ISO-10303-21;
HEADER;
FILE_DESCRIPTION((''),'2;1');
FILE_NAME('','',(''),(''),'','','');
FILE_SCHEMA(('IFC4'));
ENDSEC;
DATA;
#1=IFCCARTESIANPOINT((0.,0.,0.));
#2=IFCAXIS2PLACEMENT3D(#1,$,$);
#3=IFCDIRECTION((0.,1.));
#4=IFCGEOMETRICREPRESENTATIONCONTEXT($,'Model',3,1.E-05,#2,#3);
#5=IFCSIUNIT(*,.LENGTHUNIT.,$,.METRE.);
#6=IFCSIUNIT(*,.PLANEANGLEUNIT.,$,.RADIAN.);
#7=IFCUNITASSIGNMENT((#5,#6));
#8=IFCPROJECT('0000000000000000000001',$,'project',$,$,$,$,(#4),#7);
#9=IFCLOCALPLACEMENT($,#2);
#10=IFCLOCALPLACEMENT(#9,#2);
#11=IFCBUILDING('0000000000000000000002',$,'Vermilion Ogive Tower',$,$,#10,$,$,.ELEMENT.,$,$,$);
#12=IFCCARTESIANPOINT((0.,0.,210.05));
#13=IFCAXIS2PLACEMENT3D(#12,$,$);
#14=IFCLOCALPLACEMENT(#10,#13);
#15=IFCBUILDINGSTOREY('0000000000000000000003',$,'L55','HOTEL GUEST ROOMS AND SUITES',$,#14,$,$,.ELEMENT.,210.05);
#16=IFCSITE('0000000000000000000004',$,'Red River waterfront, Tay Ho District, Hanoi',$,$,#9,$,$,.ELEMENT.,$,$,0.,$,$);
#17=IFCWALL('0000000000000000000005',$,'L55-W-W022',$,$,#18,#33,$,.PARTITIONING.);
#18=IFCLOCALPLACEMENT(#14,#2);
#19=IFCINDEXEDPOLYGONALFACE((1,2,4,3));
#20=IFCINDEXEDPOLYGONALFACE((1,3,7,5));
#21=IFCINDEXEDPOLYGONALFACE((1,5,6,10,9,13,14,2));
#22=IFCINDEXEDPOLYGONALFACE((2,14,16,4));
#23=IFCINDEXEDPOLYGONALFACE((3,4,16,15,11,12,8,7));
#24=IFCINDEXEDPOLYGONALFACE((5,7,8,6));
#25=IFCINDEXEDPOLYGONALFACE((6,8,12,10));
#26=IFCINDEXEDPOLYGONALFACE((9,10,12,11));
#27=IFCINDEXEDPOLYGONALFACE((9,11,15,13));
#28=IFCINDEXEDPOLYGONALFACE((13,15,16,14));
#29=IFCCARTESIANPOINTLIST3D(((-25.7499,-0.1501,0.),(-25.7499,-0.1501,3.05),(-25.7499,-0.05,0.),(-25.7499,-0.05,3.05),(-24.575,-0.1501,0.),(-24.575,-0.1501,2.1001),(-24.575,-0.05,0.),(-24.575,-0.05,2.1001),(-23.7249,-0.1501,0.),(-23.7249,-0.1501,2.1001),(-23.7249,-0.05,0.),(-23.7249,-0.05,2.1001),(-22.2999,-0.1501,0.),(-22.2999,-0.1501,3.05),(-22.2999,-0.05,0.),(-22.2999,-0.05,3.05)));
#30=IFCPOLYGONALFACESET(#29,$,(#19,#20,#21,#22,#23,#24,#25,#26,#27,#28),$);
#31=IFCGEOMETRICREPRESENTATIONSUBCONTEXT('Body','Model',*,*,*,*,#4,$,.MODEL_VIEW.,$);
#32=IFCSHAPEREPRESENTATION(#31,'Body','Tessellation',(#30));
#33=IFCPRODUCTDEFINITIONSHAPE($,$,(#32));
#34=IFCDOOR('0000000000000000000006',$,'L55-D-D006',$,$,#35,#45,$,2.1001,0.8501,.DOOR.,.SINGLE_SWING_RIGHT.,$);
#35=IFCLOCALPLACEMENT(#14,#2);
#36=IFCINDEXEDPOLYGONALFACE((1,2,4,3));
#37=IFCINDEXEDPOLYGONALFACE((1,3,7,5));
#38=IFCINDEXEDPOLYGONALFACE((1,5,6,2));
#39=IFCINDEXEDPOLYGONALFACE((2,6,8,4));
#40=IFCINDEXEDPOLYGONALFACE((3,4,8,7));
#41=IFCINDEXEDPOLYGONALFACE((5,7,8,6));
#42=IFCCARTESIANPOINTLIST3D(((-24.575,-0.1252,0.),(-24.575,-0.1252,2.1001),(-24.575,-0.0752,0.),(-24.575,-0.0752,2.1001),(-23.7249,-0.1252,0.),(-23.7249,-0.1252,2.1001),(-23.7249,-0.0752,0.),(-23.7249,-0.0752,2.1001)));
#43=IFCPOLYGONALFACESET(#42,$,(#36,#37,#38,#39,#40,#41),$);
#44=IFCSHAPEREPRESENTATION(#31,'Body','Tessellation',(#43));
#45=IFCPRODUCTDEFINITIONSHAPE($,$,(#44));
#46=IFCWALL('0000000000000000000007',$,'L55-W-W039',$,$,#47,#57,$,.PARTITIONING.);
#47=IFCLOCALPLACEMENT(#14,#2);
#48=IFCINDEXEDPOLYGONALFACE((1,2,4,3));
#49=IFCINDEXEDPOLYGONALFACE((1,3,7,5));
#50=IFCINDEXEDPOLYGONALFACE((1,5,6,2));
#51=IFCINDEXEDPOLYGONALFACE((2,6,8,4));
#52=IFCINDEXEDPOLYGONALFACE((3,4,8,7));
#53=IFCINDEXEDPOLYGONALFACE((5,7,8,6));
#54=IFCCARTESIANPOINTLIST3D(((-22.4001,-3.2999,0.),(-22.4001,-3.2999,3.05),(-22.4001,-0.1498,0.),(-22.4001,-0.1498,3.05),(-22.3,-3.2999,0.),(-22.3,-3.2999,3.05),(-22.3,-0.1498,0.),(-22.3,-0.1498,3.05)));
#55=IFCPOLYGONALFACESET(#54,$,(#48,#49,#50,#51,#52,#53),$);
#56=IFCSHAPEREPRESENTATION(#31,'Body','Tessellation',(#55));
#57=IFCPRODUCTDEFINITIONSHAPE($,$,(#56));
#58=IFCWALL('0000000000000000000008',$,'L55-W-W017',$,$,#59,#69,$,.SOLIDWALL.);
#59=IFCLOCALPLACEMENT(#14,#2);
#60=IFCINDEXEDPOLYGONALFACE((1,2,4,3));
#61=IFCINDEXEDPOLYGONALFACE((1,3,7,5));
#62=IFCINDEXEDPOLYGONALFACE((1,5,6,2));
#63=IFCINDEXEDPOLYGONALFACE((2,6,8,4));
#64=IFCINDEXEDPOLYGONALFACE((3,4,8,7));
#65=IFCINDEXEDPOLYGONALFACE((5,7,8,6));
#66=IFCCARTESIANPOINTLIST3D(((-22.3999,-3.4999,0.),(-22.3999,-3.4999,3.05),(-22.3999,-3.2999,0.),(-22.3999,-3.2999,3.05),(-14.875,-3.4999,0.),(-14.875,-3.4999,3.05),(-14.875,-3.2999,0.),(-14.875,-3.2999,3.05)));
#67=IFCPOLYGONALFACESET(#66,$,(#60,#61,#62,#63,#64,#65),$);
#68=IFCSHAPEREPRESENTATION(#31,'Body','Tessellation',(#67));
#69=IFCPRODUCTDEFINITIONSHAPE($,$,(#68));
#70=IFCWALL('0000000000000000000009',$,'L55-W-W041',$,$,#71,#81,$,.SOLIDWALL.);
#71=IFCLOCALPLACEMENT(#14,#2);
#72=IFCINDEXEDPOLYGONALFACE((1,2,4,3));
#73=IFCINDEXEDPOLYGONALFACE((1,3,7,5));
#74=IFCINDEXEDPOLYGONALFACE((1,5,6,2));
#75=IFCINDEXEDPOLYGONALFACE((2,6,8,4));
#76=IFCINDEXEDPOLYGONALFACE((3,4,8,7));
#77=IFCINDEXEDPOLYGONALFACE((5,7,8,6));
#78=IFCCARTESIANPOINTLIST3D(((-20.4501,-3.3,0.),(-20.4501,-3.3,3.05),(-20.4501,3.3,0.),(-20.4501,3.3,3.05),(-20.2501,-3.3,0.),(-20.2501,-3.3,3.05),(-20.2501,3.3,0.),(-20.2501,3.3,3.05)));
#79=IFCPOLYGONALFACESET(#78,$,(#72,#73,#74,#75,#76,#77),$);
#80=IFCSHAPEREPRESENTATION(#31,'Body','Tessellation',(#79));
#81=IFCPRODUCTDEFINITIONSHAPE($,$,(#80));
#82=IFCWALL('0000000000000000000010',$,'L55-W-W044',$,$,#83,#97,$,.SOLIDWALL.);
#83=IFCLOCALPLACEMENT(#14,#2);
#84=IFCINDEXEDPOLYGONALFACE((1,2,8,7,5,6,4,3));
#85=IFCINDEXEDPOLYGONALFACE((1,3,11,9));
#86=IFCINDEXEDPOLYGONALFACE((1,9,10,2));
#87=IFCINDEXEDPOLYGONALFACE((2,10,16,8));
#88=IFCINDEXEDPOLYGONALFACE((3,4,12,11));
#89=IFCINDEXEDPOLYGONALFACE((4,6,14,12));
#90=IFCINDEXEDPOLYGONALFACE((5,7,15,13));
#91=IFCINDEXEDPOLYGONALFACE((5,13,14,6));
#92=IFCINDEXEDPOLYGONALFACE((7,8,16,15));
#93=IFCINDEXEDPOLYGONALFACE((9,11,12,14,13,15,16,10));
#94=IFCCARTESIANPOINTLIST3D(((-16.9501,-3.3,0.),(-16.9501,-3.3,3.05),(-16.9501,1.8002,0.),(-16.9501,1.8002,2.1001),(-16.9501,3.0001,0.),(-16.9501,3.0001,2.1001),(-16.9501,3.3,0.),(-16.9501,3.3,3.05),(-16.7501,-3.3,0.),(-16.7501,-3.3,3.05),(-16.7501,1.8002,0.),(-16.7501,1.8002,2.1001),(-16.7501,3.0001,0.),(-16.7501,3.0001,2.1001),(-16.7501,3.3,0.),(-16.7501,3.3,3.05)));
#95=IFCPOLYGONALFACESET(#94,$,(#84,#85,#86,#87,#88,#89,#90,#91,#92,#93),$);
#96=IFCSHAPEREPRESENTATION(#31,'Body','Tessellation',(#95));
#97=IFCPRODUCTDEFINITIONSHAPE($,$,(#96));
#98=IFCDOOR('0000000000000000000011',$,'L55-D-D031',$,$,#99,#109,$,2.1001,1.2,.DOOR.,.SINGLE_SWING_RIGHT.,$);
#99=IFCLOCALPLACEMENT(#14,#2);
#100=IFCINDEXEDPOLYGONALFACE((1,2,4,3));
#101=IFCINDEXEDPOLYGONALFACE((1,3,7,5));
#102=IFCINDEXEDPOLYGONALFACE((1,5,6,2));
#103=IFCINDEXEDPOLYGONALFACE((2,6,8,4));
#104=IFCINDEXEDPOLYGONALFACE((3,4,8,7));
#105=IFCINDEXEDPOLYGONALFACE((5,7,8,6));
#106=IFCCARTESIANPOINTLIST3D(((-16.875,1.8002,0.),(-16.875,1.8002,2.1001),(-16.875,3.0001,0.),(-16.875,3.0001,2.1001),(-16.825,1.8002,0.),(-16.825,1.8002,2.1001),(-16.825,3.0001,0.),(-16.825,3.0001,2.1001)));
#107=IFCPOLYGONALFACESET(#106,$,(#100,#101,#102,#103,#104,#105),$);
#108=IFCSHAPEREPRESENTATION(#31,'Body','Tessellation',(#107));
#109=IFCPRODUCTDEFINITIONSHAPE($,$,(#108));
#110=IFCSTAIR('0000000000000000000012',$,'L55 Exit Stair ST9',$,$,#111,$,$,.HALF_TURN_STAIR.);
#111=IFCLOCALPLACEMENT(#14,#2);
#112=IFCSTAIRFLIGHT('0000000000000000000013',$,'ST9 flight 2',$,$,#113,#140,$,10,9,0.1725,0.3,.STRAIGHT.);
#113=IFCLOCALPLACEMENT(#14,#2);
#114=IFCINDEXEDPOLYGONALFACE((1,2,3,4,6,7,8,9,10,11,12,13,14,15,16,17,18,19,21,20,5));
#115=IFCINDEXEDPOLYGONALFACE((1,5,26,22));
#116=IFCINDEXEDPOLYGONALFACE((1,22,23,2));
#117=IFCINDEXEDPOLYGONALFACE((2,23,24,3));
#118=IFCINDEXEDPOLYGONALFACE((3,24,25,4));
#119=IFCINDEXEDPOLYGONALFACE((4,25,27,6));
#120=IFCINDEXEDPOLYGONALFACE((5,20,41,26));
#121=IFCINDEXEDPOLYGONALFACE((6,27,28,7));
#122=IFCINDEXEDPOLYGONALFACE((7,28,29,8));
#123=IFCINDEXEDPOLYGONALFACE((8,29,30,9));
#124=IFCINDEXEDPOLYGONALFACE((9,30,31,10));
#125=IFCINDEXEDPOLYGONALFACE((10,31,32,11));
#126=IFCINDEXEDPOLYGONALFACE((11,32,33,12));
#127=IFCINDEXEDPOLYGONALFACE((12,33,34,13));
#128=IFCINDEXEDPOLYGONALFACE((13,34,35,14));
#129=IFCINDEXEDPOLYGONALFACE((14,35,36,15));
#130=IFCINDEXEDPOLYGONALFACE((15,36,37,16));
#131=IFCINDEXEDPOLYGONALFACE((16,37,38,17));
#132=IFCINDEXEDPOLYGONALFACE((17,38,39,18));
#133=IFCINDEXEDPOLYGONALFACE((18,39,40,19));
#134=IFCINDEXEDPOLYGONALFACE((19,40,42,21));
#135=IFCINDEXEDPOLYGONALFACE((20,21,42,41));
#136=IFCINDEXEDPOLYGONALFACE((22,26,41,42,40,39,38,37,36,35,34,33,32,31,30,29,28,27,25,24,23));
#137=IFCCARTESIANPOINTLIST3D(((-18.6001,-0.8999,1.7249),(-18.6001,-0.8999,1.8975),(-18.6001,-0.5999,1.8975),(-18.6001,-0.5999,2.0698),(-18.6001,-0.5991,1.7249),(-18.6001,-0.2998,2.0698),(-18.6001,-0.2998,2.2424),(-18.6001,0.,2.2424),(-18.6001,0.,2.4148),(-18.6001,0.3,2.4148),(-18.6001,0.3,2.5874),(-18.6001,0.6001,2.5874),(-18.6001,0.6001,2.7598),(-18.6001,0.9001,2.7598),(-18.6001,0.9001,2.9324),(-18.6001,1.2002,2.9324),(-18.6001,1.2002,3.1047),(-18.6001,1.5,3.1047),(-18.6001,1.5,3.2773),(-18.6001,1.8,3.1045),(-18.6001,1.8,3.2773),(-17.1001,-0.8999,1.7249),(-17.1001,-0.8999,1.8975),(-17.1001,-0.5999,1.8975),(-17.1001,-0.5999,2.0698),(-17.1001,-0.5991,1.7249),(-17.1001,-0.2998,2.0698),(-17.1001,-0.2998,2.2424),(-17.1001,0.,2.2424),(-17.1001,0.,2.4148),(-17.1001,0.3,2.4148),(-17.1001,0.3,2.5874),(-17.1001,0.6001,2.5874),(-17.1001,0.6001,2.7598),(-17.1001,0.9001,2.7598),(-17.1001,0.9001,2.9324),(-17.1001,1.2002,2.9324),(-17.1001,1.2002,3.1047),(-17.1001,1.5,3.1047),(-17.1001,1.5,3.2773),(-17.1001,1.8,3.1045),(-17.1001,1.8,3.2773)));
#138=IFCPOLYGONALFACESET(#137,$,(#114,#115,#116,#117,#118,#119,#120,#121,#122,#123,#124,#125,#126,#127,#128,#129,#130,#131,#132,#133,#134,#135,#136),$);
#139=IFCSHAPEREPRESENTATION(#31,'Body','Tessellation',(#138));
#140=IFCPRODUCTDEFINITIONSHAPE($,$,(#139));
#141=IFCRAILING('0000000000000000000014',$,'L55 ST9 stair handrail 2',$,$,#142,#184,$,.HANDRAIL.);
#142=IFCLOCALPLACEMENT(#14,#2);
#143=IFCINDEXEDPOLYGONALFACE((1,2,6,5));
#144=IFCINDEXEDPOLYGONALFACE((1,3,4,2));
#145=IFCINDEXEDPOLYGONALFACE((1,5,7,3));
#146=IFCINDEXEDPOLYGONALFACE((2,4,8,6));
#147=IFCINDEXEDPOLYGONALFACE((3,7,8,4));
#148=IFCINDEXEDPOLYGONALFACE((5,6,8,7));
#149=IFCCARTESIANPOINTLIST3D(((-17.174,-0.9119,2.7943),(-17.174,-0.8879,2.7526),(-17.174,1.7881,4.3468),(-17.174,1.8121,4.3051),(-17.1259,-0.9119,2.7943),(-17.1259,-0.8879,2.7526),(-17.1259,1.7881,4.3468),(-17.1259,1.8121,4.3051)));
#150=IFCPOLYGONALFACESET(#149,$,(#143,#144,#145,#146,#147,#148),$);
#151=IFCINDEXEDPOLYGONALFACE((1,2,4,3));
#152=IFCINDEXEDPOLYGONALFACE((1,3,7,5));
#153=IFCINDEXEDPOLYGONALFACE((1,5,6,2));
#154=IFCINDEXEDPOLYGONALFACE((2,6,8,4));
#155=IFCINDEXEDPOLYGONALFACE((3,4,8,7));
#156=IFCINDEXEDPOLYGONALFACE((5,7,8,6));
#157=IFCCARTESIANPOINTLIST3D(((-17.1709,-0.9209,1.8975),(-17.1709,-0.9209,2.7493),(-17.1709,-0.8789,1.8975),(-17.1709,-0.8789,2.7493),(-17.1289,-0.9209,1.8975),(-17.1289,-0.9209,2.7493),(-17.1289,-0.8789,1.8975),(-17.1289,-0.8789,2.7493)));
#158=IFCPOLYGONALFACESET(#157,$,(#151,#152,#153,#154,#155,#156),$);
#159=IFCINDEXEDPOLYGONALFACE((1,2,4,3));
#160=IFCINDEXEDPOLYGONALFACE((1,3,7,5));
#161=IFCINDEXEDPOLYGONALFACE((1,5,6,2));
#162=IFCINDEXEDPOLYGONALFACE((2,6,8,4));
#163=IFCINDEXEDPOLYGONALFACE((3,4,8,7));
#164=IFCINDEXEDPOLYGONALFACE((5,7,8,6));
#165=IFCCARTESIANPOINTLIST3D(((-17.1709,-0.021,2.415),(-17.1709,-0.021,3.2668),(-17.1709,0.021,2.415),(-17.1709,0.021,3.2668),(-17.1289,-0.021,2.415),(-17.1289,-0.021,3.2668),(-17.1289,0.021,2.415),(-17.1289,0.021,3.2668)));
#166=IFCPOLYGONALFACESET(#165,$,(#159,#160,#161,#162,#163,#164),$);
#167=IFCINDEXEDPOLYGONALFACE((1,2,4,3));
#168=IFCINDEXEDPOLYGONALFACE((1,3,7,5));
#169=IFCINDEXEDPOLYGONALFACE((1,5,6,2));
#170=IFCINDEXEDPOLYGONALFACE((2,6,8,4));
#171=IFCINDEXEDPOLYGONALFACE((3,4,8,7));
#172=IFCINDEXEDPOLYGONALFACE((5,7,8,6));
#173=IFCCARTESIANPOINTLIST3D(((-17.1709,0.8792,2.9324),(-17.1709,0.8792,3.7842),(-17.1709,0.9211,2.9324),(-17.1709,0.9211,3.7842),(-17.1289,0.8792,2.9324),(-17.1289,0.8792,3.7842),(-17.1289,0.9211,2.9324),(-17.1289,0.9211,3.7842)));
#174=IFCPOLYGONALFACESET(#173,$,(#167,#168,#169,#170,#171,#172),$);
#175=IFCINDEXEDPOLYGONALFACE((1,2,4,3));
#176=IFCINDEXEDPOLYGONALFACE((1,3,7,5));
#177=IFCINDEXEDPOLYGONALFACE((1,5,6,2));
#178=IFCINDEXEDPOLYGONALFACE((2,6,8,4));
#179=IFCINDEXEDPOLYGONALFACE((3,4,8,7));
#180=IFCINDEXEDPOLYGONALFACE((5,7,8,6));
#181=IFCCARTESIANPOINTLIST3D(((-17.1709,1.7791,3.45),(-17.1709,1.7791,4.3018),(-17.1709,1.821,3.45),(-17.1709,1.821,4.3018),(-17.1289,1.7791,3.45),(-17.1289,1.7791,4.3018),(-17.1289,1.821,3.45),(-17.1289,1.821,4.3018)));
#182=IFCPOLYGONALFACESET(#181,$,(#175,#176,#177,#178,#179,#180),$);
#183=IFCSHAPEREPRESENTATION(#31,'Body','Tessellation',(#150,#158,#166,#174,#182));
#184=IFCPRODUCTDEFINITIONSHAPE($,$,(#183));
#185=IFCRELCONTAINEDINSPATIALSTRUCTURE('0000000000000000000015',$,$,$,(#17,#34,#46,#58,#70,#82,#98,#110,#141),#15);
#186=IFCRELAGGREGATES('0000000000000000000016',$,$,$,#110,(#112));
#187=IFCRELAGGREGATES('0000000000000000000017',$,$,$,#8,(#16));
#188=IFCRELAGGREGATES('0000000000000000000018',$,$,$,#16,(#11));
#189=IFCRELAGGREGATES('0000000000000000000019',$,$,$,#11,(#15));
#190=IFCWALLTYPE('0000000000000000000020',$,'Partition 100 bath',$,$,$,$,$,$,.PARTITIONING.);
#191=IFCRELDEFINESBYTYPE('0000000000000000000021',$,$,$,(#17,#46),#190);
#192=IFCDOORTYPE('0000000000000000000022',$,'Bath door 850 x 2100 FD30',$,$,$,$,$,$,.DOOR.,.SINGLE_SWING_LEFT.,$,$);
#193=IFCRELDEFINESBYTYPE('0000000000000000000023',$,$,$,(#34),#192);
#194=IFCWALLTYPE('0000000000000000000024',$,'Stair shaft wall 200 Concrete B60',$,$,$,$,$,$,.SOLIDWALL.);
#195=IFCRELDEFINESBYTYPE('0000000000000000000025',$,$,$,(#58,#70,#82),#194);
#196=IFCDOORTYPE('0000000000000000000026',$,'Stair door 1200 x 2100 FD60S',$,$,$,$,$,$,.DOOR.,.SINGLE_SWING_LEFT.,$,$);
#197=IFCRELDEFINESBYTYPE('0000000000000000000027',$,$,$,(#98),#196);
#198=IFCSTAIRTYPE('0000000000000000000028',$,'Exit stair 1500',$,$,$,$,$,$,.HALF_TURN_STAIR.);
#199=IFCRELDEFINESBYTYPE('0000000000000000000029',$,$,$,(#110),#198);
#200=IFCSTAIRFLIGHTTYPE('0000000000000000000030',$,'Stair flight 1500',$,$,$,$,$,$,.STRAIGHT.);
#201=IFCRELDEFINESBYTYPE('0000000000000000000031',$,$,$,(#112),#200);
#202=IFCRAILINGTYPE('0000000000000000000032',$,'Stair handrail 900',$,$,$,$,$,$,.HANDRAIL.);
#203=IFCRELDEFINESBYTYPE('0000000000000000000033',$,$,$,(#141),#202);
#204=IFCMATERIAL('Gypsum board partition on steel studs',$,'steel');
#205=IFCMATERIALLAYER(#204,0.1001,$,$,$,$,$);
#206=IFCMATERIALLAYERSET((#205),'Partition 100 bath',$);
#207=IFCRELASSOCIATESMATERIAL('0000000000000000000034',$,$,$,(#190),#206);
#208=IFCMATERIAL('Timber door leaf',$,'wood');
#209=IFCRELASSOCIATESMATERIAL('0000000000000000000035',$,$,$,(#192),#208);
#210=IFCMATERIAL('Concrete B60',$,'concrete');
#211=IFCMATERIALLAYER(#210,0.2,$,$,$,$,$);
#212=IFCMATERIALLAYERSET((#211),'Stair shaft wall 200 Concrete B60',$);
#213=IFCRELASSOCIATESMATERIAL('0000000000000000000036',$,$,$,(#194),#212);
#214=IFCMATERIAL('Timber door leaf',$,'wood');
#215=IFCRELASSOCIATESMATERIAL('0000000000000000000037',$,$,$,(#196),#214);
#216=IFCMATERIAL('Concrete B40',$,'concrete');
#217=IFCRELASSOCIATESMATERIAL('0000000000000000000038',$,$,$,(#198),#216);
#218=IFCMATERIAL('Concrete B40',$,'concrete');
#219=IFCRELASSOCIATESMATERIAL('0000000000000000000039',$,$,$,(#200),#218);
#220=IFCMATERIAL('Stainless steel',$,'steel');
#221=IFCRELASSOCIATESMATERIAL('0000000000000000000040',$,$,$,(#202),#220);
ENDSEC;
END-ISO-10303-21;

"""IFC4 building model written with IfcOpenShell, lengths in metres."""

from ifc_helpers import new_model, si_unit, direction, frame, frame_2d, origin, origin_2d, place, context, subcontext, project, spatial, polyline, rectangle, outline, extrude, material, layer, layer_set, type_object, element, fill, aggregate, save


model = new_model("IFC4")

# Units and contexts
model_context = context("Model", 3, precision=1e-05, world=origin(), true_north=direction((0.0, 1.0)))
body_context = subcontext(model_context, "Body", "Model", "MODEL_VIEW")
ifc_project = project(units=[si_unit("LENGTHUNIT", "METRE"), si_unit("PLANEANGLEUNIT", "RADIAN")], contexts=[model_context])

# Site, building, storey
site_placement = place(None, origin())
site = spatial("IfcSite", under=ifc_project, at=site_placement, Name="Red River waterfront, Tay Ho District, Hanoi", CompositionType="ELEMENT", RefElevation=0.0)
building_placement = place(site_placement, origin())
building = spatial("IfcBuilding", under=site, at=building_placement, Name="Vermilion Ogive Tower", CompositionType="ELEMENT")
storey_placement = place(building_placement, frame((0.0, 0.0, 210.05)))
storey = spatial("IfcBuildingStorey", under=building, at=storey_placement, Name="L55", Description="HOTEL GUEST ROOMS AND SUITES", CompositionType="ELEMENT", Elevation=210.05)

# Shared definitions
ifc_material_1 = material(Name="Gypsum board partition on steel studs", Category="steel")
ifc_layer_1 = layer(ifc_material_1, 0.1001)
ifc_layer_set_1 = layer_set([ifc_layer_1], Name="Partition 100 bath")
wall_type_1 = type_object("IfcWallType", Name="Partition 100 bath", PredefinedType="PARTITIONING", material=ifc_layer_set_1)

# Wall, opening, door
wall_1_placement = place(storey_placement, frame((-25.75, -0.1001, 0.0), z_axis=(0.0, 0.0, 1.0), x_axis=(1.0, 0.0, 0.0)))
wall_1 = element("IfcWall", 1, at=wall_1_placement, inside=storey, type_object=wall_type_1, Name="L55-W-W022", PredefinedType="PARTITIONING", context=body_context, shape_type="SweptSolid", body=[
    extrude(rectangle(XDim=3.45, YDim=0.1001, at=frame_2d((1.7251, 0.0))), origin(), (0.0, 0.0, 1.0), 3.05),
])
opening_1_placement = place(wall_1_placement, frame((1.175, 0.0, 0.0)))
opening_1 = element("IfcOpeningElement", 2, at=opening_1_placement, cuts=wall_1, PredefinedType="OPENING", context=body_context, shape_type="SweptSolid", body=[
    extrude(rectangle(XDim=0.8501, YDim=2.1001, at=frame_2d((0.425, 1.05))), frame((0.0, 0.0601, 0.0), z_axis=(0.0, -1.0, 0.0), x_axis=(1.0, 0.0, 0.0)), (0.0, 0.0, 1.0), 0.1201),
])
ifc_material_2 = material(Name="Timber door leaf", Category="wood")
door_type_1 = type_object("IfcDoorType", Name="Bath door 850 x 2100 FD30", OperationType="SINGLE_SWING_LEFT", PredefinedType="DOOR", material=ifc_material_2)
door_1_placement = place(opening_1_placement, origin())
door_1 = element("IfcDoor", 3, at=door_1_placement, inside=storey, type_object=door_type_1, Name="L55-D-D006", OperationType="SINGLE_SWING_RIGHT", OverallHeight=2.1001, OverallWidth=0.8501, PredefinedType="DOOR", context=body_context, shape_type="SweptSolid", body=[
    extrude(rectangle(XDim=0.8501, YDim=2.1001, at=frame_2d((0.425, 1.05))), frame((0.0, 0.0249, 0.0), z_axis=(0.0, -1.0, 0.0), x_axis=(1.0, 0.0, 0.0)), (0.0, 0.0, 1.0), 0.05),
])
fill(opening_1, door_1)

# Walls
wall_2_placement = place(storey_placement, frame((-22.3501, -3.3, 0.0), z_axis=(0.0, 0.0, 1.0), x_axis=(0.0, 1.0, 0.0)))
element("IfcWall", 4, at=wall_2_placement, inside=storey, type_object=wall_type_1, Name="L55-W-W039", PredefinedType="PARTITIONING", context=body_context, shape_type="SweptSolid", body=[
    extrude(rectangle(XDim=3.1501, YDim=0.1001, at=frame_2d((1.5752, 0.0))), origin(), (0.0, 0.0, 1.0), 3.05),
])
ifc_material_3 = material(Name="Concrete B60", Category="concrete")
ifc_layer_2 = layer(ifc_material_3, 0.2)
ifc_layer_set_2 = layer_set([ifc_layer_2], Name="Stair shaft wall 200 Concrete B60")
wall_type_2 = type_object("IfcWallType", Name="Stair shaft wall 200 Concrete B60", PredefinedType="SOLIDWALL", material=ifc_layer_set_2)
wall_3_placement = place(storey_placement, frame((-22.3999, -3.3999, 0.0), z_axis=(0.0, 0.0, 1.0), x_axis=(1.0, 0.0, 0.0)))
element("IfcWall", 5, at=wall_3_placement, inside=storey, type_object=wall_type_2, Name="L55-W-W017", PredefinedType="SOLIDWALL", context=body_context, shape_type="SweptSolid", body=[
    extrude(rectangle(XDim=7.5249, YDim=0.2, at=frame_2d((3.7625, 0.0))), origin(), (0.0, 0.0, 1.0), 3.05),
])
wall_4_placement = place(storey_placement, frame((-20.3501, -3.3, 0.0), z_axis=(0.0, 0.0, 1.0), x_axis=(0.0, 1.0, 0.0)))
element("IfcWall", 6, at=wall_4_placement, inside=storey, type_object=wall_type_2, Name="L55-W-W041", PredefinedType="SOLIDWALL", context=body_context, shape_type="SweptSolid", body=[
    extrude(rectangle(XDim=6.6001, YDim=0.2, at=frame_2d((3.3, 0.0))), origin(), (0.0, 0.0, 1.0), 3.05),
])

# Wall, opening, door
wall_5_placement = place(storey_placement, frame((-16.8501, -3.3, 0.0), z_axis=(0.0, 0.0, 1.0), x_axis=(0.0, 1.0, 0.0)))
wall_5 = element("IfcWall", 7, at=wall_5_placement, inside=storey, type_object=wall_type_2, Name="L55-W-W044", PredefinedType="SOLIDWALL", context=body_context, shape_type="SweptSolid", body=[
    extrude(rectangle(XDim=6.6001, YDim=0.2, at=frame_2d((3.3, 0.0))), origin(), (0.0, 0.0, 1.0), 3.05),
])
opening_2_placement = place(wall_5_placement, frame((5.1001, 0.0, 0.0)))
opening_2 = element("IfcOpeningElement", 8, at=opening_2_placement, cuts=wall_5, PredefinedType="OPENING", context=body_context, shape_type="SweptSolid", body=[
    extrude(rectangle(XDim=1.2, YDim=2.1001, at=frame_2d((0.6001, 1.05))), frame((0.0, 0.1099, 0.0), z_axis=(0.0, -1.0, 0.0), x_axis=(1.0, 0.0, 0.0)), (0.0, 0.0, 1.0), 0.22),
])
ifc_material_4 = material(Name="Timber door leaf", Category="wood")
door_type_2 = type_object("IfcDoorType", Name="Stair door 1200 x 2100 FD60S", OperationType="SINGLE_SWING_LEFT", PredefinedType="DOOR", material=ifc_material_4)
door_2_placement = place(opening_2_placement, origin())
door_2 = element("IfcDoor", 9, at=door_2_placement, inside=storey, type_object=door_type_2, Name="L55-D-D031", OperationType="SINGLE_SWING_RIGHT", OverallHeight=2.1001, OverallWidth=1.2, PredefinedType="DOOR", context=body_context, shape_type="SweptSolid", body=[
    extrude(rectangle(XDim=1.2, YDim=2.1001, at=frame_2d((0.6001, 1.05))), frame((0.0, 0.0249, 0.0), z_axis=(0.0, -1.0, 0.0), x_axis=(1.0, 0.0, 0.0)), (0.0, 0.0, 1.0), 0.05),
])
fill(opening_2, door_2)

# Stair, stair flight
ifc_material_5 = material(Name="Concrete B40", Category="concrete")
stair_type = type_object("IfcStairType", Name="Exit stair 1500", PredefinedType="HALF_TURN_STAIR", material=ifc_material_5)
stair_placement = place(storey_placement, origin())
stair = element("IfcStair", 10, at=stair_placement, inside=storey, type_object=stair_type, Name="L55 Exit Stair ST9", PredefinedType="HALF_TURN_STAIR")
ifc_material_6 = material(Name="Concrete B40", Category="concrete")
stair_flight_type = type_object("IfcStairFlightType", Name="Stair flight 1500", PredefinedType="STRAIGHT", material=ifc_material_6)
stair_flight_placement = place(storey_placement, frame((-17.8501, -0.8999, 1.7249), z_axis=(0.0, 0.0, 1.0), x_axis=(0.0, 1.0, 0.0)))
stair_flight = element("IfcStairFlight", 11, at=stair_flight_placement, type_object=stair_flight_type, Name="ST9 flight 2", NumberOfRisers=10, NumberOfTreads=9, PredefinedType="STRAIGHT", RiserHeight=0.1725, TreadLength=0.3, context=body_context, shape_type="SweptSolid", body=[
    extrude(outline(polyline([(0.0, 0.0), (0.0, 0.1726), (0.3, 0.1726), (0.3, 0.345), (0.6001, 0.345), (0.6001, 0.5176), (0.8999, 0.5176), (0.8999, 0.6899), (1.2, 0.6899), (1.2, 0.8625), (1.5, 0.8625), (1.5, 1.0349), (1.8, 1.0349), (1.8, 1.2075), (2.1001, 1.2075), (2.1001, 1.3799), (2.3999, 1.3799), (2.3999, 1.5525), (2.7, 1.5525), (2.7, 1.7251), (2.7, 1.3796), (0.3008, 0.0), (0.0, 0.0)])), frame((0.0, 0.75, 0.0), z_axis=(0.0, -1.0, 0.0), x_axis=(1.0, 0.0, 0.0)), (0.0, 0.0, 1.0), 1.5),
])
aggregate(stair, [stair_flight])

# Railing
ifc_material_7 = material(Name="Stainless steel", Category="steel")
railing_type = type_object("IfcRailingType", Name="Stair handrail 900", PredefinedType="HANDRAIL", material=ifc_material_7)
railing_placement = place(storey_placement, frame((-17.1499, -0.8999, 1.8975)))
element("IfcRailing", 12, at=railing_placement, inside=storey, type_object=railing_type, Name="L55 ST9 stair handrail 2", PredefinedType="HANDRAIL", context=body_context, shape_type="SweptSolid", body=[
    extrude(rectangle(XDim=0.0481, YDim=0.0481, at=origin_2d()), frame((0.0, 0.0, 0.876), z_axis=(0.0, 0.866904, 0.498476), x_axis=(-1.0, 0.0, 0.0)), (0.0, 0.0, 1.0), 3.1145),
    extrude(rectangle(XDim=0.042, YDim=0.042, at=origin_2d()), origin(), (0.0, 0.0, 1.0), 0.8518),
    extrude(rectangle(XDim=0.042, YDim=0.042, at=origin_2d()), frame((0.0, 0.8999, 0.5176)), (0.0, 0.0, 1.0), 0.8518),
    extrude(rectangle(XDim=0.042, YDim=0.042, at=origin_2d()), frame((0.0, 1.8, 1.0349)), (0.0, 0.0, 1.0), 0.8518),
    extrude(rectangle(XDim=0.042, YDim=0.042, at=origin_2d()), frame((0.0, 2.7, 1.5525)), (0.0, 0.0, 1.0), 0.8518),
])

save(model, "model.ifc")
